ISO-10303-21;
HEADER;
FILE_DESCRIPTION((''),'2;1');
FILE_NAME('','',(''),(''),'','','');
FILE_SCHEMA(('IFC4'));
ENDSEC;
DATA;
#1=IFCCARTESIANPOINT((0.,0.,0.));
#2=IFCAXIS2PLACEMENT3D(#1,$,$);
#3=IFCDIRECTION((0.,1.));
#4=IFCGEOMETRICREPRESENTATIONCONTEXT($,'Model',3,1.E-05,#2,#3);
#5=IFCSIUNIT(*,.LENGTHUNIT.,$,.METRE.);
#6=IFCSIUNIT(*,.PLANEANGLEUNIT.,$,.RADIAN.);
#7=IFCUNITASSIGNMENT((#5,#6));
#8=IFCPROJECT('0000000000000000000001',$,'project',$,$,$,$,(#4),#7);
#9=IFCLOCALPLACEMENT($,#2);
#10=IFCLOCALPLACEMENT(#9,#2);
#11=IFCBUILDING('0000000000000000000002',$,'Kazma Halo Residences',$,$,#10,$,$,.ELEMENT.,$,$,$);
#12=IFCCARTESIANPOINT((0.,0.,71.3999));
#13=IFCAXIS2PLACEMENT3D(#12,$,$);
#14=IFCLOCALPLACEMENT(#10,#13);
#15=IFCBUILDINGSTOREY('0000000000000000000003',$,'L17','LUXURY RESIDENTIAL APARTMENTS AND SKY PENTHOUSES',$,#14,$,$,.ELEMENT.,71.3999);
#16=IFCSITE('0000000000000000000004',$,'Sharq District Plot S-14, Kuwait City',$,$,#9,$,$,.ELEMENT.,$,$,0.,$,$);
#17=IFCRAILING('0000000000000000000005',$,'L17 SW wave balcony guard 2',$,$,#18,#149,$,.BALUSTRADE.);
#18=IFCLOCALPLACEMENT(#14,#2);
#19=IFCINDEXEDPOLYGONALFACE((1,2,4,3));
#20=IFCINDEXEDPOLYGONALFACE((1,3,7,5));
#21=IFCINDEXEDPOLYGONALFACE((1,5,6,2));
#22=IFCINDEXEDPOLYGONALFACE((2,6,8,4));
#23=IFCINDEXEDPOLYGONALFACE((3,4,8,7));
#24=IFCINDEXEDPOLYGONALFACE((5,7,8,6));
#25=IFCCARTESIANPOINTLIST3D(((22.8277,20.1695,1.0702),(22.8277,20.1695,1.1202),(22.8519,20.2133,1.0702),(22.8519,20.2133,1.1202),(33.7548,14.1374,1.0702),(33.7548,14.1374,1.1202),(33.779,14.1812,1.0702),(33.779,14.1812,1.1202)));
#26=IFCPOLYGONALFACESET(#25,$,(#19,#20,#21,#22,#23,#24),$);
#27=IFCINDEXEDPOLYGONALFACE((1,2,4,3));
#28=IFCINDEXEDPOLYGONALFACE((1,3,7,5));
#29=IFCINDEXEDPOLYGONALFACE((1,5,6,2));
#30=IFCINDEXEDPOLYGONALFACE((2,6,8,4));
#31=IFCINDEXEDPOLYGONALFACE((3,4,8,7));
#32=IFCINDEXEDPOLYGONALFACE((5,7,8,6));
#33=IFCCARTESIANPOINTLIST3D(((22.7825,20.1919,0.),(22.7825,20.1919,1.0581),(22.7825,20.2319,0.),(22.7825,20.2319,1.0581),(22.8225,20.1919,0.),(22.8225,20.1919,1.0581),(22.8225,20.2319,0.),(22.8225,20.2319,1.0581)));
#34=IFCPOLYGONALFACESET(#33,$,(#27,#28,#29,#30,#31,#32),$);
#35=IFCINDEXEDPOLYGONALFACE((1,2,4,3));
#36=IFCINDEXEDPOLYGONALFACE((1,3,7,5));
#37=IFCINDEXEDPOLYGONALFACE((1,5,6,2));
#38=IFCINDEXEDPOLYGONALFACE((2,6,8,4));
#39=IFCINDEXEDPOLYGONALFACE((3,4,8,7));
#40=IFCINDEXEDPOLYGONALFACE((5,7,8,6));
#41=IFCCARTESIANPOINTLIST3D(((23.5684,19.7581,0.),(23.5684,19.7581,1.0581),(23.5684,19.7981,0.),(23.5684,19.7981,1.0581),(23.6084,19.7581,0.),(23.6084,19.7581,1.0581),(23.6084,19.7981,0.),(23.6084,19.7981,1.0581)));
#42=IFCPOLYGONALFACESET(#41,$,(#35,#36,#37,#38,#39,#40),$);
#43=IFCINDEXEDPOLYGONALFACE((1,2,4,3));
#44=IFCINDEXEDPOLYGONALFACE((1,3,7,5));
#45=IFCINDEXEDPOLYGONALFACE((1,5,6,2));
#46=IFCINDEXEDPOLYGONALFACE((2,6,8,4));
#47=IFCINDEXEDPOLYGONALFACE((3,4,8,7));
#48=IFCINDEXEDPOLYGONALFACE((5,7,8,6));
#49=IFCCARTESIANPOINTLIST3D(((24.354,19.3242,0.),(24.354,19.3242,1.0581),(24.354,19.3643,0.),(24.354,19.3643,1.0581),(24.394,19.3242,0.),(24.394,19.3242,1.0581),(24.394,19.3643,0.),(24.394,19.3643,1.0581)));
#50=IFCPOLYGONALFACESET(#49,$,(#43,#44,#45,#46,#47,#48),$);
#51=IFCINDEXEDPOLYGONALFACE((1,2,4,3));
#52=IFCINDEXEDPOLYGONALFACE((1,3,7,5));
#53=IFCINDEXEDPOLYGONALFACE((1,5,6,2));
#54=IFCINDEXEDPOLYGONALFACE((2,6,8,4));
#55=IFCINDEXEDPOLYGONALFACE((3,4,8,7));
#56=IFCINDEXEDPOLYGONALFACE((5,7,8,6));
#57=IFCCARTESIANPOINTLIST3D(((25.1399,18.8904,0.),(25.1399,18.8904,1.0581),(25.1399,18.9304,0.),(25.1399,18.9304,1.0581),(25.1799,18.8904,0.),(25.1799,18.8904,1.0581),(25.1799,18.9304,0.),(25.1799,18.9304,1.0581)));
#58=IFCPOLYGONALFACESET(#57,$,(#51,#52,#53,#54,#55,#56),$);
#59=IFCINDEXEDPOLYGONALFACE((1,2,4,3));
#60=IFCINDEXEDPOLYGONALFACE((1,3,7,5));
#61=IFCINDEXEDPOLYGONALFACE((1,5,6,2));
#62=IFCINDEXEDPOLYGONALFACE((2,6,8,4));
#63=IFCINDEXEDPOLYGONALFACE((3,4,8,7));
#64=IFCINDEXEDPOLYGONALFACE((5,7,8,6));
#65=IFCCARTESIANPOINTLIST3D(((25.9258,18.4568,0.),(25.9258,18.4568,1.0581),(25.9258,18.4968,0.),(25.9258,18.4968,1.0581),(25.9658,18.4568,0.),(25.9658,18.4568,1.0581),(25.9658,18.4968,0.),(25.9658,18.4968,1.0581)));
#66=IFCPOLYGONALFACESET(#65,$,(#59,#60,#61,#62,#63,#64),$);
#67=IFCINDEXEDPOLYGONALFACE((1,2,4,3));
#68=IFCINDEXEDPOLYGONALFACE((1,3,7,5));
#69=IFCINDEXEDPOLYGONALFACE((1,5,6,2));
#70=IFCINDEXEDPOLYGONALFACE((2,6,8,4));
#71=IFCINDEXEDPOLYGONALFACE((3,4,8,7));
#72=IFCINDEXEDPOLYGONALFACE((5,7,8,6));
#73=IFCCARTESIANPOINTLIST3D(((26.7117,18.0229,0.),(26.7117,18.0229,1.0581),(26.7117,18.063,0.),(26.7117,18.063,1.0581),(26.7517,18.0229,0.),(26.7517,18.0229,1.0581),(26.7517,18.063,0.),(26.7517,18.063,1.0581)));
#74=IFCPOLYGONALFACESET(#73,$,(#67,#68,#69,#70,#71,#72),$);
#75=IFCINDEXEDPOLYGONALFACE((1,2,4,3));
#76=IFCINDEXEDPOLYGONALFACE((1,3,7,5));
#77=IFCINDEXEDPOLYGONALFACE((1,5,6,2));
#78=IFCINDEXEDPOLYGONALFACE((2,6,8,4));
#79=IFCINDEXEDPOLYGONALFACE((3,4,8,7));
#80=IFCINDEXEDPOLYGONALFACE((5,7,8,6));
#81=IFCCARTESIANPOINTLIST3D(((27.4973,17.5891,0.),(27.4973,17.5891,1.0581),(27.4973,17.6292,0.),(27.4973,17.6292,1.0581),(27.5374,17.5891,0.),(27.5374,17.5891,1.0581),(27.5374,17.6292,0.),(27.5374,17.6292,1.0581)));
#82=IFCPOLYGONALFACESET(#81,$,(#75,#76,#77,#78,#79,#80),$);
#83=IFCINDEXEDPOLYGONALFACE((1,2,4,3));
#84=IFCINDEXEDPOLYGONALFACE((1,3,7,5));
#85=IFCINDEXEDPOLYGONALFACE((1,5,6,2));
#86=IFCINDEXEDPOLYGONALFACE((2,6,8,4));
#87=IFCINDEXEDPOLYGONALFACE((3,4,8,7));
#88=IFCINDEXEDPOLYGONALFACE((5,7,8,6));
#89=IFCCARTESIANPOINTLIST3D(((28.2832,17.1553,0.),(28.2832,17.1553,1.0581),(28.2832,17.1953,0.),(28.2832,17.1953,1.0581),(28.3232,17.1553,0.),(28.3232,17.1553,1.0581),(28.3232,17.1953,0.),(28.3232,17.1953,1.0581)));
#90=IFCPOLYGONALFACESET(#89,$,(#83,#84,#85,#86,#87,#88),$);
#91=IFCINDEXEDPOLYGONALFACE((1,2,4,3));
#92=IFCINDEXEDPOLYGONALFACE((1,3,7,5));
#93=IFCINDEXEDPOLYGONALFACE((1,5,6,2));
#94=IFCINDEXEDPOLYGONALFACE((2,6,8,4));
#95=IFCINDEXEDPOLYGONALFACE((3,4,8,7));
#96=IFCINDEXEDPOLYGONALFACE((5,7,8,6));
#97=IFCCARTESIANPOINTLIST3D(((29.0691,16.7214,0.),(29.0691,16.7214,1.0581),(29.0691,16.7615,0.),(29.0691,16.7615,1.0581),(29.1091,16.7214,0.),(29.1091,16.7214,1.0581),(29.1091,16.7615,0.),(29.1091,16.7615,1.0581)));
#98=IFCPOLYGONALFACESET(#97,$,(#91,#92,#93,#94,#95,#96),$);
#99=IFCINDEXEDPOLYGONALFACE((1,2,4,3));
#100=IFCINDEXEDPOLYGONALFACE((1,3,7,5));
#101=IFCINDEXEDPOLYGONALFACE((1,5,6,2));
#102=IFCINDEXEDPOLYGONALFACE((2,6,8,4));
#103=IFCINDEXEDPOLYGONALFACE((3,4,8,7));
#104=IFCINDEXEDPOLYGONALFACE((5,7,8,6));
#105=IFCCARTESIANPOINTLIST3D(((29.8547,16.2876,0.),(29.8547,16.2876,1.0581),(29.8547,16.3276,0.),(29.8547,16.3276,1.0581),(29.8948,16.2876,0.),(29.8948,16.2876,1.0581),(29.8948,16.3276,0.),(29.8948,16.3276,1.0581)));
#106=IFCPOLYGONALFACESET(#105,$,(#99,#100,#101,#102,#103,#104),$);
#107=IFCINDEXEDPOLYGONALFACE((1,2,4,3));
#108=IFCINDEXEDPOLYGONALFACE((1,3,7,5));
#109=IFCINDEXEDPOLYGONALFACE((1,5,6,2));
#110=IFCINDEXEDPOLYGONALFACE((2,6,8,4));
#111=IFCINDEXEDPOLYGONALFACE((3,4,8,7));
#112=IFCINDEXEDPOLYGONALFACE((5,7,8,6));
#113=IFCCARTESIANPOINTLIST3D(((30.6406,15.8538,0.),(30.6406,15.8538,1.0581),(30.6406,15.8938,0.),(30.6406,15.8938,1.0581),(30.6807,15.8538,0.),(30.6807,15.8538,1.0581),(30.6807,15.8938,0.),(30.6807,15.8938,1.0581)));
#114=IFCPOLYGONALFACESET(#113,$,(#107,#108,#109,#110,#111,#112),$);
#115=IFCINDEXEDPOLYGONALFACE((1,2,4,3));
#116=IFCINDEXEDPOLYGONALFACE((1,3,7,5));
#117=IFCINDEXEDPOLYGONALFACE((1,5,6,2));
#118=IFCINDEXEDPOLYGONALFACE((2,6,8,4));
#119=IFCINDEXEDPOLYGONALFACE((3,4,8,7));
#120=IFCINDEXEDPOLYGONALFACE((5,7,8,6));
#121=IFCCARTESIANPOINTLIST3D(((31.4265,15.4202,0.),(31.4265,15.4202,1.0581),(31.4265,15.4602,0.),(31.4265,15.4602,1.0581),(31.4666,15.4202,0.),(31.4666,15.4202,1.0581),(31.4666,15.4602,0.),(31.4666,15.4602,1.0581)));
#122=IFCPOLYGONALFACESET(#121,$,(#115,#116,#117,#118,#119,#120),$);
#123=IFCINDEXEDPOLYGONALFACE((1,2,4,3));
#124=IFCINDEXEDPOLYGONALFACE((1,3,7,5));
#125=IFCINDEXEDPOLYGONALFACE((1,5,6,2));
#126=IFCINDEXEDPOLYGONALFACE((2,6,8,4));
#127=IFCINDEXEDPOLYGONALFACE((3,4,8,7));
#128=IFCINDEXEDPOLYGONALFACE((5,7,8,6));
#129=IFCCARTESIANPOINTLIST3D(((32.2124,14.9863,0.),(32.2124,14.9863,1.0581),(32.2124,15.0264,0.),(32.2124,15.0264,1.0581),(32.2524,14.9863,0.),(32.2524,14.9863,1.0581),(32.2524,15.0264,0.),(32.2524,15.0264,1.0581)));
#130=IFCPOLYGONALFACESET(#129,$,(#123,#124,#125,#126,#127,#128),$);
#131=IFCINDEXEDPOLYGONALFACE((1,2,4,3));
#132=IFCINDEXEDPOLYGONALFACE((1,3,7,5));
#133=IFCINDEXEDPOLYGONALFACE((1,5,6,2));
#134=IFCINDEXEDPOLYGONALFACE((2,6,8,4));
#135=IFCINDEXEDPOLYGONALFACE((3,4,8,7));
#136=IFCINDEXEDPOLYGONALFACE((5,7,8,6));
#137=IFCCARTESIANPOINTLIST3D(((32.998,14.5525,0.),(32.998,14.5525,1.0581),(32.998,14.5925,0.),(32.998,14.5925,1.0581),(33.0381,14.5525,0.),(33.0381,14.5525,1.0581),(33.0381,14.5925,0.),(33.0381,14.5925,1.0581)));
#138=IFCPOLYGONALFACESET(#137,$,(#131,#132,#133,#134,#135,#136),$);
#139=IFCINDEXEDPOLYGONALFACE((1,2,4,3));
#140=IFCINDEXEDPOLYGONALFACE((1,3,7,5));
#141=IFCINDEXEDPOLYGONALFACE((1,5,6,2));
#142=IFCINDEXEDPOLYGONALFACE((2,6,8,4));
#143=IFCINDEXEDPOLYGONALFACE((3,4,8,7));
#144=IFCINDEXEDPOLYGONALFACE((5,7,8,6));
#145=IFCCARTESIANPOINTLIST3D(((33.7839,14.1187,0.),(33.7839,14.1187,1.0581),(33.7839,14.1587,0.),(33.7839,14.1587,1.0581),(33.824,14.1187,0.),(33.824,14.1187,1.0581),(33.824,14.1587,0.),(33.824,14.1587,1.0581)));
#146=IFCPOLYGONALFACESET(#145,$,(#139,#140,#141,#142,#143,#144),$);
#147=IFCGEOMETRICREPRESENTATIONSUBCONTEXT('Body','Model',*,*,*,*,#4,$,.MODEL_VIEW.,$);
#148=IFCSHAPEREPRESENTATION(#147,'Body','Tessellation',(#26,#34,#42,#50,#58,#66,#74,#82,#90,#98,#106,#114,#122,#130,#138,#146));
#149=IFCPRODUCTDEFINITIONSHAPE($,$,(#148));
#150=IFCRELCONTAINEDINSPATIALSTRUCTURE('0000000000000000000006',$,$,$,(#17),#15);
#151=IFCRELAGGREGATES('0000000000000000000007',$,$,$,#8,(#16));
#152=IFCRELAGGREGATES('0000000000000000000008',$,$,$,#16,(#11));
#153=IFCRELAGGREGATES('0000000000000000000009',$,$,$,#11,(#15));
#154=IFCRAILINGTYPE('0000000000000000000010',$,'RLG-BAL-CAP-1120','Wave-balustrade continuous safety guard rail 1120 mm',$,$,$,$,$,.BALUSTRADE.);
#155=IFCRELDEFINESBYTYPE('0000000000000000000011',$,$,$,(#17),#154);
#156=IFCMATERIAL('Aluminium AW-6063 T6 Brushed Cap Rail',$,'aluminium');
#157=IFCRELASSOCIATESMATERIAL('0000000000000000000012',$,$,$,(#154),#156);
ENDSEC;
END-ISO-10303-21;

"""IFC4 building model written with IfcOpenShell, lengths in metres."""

from ifc_helpers import new_model, si_unit, direction, frame, origin, origin_2d, place, context, subcontext, project, spatial, rectangle, extrude, material, type_object, element, save


model = new_model("IFC4")

# Units and contexts
model_context = context("Model", 3, precision=1e-05, world=origin(), true_north=direction((0.0, 1.0)))
body_context = subcontext(model_context, "Body", "Model", "MODEL_VIEW")
ifc_project = project(units=[si_unit("LENGTHUNIT", "METRE"), si_unit("PLANEANGLEUNIT", "RADIAN")], contexts=[model_context])

# Site, building, storey
site_placement = place(None, origin())
site = spatial("IfcSite", under=ifc_project, at=site_placement, Name="Sharq District Plot S-14, Kuwait City", CompositionType="ELEMENT", RefElevation=0.0)
building_placement = place(site_placement, origin())
building = spatial("IfcBuilding", under=site, at=building_placement, Name="Kazma Halo Residences", CompositionType="ELEMENT")
storey_placement = place(building_placement, frame((0.0, 0.0, 71.3999)))
storey = spatial("IfcBuildingStorey", under=building, at=storey_placement, Name="L17", Description="LUXURY RESIDENTIAL APARTMENTS AND SKY PENTHOUSES", CompositionType="ELEMENT", Elevation=71.3999)

# Railing
ifc_material_1 = material(Name="Aluminium AW-6063 T6 Brushed Cap Rail", Category="aluminium")
railing_type = type_object("IfcRailingType", Name="RLG-BAL-CAP-1120", Description="Wave-balustrade continuous safety guard rail 1120 mm", PredefinedType="BALUSTRADE", material=ifc_material_1)
railing_1_placement = place(storey_placement, frame((22.8025, 20.2119, 0.0)))
element("IfcRailing", 1, at=railing_1_placement, inside=storey, type_object=railing_type, Name="L17 SW wave balcony guard 2", PredefinedType="BALUSTRADE", context=body_context, shape_type="SweptSolid", body=[
    extrude(rectangle(XDim=0.05, YDim=0.05, at=origin_2d()), frame((0.0374, -0.0205, 1.0952), z_axis=(0.875461, -0.483289, 0.0), x_axis=(0.483289, 0.875461, 0.0)), (0.0, 0.0, 1.0), 12.4814),
    extrude(rectangle(XDim=0.04, YDim=0.04, at=origin_2d()), origin(), (0.0, 0.0, 1.0), 1.0581),
    extrude(rectangle(XDim=0.04, YDim=0.04, at=origin_2d()), frame((0.7859, -0.4338, 0.0)), (0.0, 0.0, 1.0), 1.0581),
    extrude(rectangle(XDim=0.04, YDim=0.04, at=origin_2d()), frame((1.5715, -0.8677, 0.0)), (0.0, 0.0, 1.0), 1.0581),
    extrude(rectangle(XDim=0.04, YDim=0.04, at=origin_2d()), frame((2.3574, -1.3015, 0.0)), (0.0, 0.0, 1.0), 1.0581),
    extrude(rectangle(XDim=0.04, YDim=0.04, at=origin_2d()), frame((3.1433, -1.7351, 0.0)), (0.0, 0.0, 1.0), 1.0581),
    extrude(rectangle(XDim=0.04, YDim=0.04, at=origin_2d()), frame((3.9292, -2.1689, 0.0)), (0.0, 0.0, 1.0), 1.0581),
    extrude(rectangle(XDim=0.04, YDim=0.04, at=origin_2d()), frame((4.7148, -2.6028, 0.0)), (0.0, 0.0, 1.0), 1.0581),
    extrude(rectangle(XDim=0.04, YDim=0.04, at=origin_2d()), frame((5.5007, -3.0366, 0.0)), (0.0, 0.0, 1.0), 1.0581),
    extrude(rectangle(XDim=0.04, YDim=0.04, at=origin_2d()), frame((6.2866, -3.4705, 0.0)), (0.0, 0.0, 1.0), 1.0581),
    extrude(rectangle(XDim=0.04, YDim=0.04, at=origin_2d()), frame((7.0723, -3.9043, 0.0)), (0.0, 0.0, 1.0), 1.0581),
    extrude(rectangle(XDim=0.04, YDim=0.04, at=origin_2d()), frame((7.8582, -4.3381, 0.0)), (0.0, 0.0, 1.0), 1.0581),
    extrude(rectangle(XDim=0.04, YDim=0.04, at=origin_2d()), frame((8.644, -4.7717, 0.0)), (0.0, 0.0, 1.0), 1.0581),
    extrude(rectangle(XDim=0.04, YDim=0.04, at=origin_2d()), frame((9.4299, -5.2056, 0.0)), (0.0, 0.0, 1.0), 1.0581),
    extrude(rectangle(XDim=0.04, YDim=0.04, at=origin_2d()), frame((10.2156, -5.6394, 0.0)), (0.0, 0.0, 1.0), 1.0581),
    extrude(rectangle(XDim=0.04, YDim=0.04, at=origin_2d()), frame((11.0015, -6.0732, 0.0)), (0.0, 0.0, 1.0), 1.0581),
])

save(model, "model.ifc")
